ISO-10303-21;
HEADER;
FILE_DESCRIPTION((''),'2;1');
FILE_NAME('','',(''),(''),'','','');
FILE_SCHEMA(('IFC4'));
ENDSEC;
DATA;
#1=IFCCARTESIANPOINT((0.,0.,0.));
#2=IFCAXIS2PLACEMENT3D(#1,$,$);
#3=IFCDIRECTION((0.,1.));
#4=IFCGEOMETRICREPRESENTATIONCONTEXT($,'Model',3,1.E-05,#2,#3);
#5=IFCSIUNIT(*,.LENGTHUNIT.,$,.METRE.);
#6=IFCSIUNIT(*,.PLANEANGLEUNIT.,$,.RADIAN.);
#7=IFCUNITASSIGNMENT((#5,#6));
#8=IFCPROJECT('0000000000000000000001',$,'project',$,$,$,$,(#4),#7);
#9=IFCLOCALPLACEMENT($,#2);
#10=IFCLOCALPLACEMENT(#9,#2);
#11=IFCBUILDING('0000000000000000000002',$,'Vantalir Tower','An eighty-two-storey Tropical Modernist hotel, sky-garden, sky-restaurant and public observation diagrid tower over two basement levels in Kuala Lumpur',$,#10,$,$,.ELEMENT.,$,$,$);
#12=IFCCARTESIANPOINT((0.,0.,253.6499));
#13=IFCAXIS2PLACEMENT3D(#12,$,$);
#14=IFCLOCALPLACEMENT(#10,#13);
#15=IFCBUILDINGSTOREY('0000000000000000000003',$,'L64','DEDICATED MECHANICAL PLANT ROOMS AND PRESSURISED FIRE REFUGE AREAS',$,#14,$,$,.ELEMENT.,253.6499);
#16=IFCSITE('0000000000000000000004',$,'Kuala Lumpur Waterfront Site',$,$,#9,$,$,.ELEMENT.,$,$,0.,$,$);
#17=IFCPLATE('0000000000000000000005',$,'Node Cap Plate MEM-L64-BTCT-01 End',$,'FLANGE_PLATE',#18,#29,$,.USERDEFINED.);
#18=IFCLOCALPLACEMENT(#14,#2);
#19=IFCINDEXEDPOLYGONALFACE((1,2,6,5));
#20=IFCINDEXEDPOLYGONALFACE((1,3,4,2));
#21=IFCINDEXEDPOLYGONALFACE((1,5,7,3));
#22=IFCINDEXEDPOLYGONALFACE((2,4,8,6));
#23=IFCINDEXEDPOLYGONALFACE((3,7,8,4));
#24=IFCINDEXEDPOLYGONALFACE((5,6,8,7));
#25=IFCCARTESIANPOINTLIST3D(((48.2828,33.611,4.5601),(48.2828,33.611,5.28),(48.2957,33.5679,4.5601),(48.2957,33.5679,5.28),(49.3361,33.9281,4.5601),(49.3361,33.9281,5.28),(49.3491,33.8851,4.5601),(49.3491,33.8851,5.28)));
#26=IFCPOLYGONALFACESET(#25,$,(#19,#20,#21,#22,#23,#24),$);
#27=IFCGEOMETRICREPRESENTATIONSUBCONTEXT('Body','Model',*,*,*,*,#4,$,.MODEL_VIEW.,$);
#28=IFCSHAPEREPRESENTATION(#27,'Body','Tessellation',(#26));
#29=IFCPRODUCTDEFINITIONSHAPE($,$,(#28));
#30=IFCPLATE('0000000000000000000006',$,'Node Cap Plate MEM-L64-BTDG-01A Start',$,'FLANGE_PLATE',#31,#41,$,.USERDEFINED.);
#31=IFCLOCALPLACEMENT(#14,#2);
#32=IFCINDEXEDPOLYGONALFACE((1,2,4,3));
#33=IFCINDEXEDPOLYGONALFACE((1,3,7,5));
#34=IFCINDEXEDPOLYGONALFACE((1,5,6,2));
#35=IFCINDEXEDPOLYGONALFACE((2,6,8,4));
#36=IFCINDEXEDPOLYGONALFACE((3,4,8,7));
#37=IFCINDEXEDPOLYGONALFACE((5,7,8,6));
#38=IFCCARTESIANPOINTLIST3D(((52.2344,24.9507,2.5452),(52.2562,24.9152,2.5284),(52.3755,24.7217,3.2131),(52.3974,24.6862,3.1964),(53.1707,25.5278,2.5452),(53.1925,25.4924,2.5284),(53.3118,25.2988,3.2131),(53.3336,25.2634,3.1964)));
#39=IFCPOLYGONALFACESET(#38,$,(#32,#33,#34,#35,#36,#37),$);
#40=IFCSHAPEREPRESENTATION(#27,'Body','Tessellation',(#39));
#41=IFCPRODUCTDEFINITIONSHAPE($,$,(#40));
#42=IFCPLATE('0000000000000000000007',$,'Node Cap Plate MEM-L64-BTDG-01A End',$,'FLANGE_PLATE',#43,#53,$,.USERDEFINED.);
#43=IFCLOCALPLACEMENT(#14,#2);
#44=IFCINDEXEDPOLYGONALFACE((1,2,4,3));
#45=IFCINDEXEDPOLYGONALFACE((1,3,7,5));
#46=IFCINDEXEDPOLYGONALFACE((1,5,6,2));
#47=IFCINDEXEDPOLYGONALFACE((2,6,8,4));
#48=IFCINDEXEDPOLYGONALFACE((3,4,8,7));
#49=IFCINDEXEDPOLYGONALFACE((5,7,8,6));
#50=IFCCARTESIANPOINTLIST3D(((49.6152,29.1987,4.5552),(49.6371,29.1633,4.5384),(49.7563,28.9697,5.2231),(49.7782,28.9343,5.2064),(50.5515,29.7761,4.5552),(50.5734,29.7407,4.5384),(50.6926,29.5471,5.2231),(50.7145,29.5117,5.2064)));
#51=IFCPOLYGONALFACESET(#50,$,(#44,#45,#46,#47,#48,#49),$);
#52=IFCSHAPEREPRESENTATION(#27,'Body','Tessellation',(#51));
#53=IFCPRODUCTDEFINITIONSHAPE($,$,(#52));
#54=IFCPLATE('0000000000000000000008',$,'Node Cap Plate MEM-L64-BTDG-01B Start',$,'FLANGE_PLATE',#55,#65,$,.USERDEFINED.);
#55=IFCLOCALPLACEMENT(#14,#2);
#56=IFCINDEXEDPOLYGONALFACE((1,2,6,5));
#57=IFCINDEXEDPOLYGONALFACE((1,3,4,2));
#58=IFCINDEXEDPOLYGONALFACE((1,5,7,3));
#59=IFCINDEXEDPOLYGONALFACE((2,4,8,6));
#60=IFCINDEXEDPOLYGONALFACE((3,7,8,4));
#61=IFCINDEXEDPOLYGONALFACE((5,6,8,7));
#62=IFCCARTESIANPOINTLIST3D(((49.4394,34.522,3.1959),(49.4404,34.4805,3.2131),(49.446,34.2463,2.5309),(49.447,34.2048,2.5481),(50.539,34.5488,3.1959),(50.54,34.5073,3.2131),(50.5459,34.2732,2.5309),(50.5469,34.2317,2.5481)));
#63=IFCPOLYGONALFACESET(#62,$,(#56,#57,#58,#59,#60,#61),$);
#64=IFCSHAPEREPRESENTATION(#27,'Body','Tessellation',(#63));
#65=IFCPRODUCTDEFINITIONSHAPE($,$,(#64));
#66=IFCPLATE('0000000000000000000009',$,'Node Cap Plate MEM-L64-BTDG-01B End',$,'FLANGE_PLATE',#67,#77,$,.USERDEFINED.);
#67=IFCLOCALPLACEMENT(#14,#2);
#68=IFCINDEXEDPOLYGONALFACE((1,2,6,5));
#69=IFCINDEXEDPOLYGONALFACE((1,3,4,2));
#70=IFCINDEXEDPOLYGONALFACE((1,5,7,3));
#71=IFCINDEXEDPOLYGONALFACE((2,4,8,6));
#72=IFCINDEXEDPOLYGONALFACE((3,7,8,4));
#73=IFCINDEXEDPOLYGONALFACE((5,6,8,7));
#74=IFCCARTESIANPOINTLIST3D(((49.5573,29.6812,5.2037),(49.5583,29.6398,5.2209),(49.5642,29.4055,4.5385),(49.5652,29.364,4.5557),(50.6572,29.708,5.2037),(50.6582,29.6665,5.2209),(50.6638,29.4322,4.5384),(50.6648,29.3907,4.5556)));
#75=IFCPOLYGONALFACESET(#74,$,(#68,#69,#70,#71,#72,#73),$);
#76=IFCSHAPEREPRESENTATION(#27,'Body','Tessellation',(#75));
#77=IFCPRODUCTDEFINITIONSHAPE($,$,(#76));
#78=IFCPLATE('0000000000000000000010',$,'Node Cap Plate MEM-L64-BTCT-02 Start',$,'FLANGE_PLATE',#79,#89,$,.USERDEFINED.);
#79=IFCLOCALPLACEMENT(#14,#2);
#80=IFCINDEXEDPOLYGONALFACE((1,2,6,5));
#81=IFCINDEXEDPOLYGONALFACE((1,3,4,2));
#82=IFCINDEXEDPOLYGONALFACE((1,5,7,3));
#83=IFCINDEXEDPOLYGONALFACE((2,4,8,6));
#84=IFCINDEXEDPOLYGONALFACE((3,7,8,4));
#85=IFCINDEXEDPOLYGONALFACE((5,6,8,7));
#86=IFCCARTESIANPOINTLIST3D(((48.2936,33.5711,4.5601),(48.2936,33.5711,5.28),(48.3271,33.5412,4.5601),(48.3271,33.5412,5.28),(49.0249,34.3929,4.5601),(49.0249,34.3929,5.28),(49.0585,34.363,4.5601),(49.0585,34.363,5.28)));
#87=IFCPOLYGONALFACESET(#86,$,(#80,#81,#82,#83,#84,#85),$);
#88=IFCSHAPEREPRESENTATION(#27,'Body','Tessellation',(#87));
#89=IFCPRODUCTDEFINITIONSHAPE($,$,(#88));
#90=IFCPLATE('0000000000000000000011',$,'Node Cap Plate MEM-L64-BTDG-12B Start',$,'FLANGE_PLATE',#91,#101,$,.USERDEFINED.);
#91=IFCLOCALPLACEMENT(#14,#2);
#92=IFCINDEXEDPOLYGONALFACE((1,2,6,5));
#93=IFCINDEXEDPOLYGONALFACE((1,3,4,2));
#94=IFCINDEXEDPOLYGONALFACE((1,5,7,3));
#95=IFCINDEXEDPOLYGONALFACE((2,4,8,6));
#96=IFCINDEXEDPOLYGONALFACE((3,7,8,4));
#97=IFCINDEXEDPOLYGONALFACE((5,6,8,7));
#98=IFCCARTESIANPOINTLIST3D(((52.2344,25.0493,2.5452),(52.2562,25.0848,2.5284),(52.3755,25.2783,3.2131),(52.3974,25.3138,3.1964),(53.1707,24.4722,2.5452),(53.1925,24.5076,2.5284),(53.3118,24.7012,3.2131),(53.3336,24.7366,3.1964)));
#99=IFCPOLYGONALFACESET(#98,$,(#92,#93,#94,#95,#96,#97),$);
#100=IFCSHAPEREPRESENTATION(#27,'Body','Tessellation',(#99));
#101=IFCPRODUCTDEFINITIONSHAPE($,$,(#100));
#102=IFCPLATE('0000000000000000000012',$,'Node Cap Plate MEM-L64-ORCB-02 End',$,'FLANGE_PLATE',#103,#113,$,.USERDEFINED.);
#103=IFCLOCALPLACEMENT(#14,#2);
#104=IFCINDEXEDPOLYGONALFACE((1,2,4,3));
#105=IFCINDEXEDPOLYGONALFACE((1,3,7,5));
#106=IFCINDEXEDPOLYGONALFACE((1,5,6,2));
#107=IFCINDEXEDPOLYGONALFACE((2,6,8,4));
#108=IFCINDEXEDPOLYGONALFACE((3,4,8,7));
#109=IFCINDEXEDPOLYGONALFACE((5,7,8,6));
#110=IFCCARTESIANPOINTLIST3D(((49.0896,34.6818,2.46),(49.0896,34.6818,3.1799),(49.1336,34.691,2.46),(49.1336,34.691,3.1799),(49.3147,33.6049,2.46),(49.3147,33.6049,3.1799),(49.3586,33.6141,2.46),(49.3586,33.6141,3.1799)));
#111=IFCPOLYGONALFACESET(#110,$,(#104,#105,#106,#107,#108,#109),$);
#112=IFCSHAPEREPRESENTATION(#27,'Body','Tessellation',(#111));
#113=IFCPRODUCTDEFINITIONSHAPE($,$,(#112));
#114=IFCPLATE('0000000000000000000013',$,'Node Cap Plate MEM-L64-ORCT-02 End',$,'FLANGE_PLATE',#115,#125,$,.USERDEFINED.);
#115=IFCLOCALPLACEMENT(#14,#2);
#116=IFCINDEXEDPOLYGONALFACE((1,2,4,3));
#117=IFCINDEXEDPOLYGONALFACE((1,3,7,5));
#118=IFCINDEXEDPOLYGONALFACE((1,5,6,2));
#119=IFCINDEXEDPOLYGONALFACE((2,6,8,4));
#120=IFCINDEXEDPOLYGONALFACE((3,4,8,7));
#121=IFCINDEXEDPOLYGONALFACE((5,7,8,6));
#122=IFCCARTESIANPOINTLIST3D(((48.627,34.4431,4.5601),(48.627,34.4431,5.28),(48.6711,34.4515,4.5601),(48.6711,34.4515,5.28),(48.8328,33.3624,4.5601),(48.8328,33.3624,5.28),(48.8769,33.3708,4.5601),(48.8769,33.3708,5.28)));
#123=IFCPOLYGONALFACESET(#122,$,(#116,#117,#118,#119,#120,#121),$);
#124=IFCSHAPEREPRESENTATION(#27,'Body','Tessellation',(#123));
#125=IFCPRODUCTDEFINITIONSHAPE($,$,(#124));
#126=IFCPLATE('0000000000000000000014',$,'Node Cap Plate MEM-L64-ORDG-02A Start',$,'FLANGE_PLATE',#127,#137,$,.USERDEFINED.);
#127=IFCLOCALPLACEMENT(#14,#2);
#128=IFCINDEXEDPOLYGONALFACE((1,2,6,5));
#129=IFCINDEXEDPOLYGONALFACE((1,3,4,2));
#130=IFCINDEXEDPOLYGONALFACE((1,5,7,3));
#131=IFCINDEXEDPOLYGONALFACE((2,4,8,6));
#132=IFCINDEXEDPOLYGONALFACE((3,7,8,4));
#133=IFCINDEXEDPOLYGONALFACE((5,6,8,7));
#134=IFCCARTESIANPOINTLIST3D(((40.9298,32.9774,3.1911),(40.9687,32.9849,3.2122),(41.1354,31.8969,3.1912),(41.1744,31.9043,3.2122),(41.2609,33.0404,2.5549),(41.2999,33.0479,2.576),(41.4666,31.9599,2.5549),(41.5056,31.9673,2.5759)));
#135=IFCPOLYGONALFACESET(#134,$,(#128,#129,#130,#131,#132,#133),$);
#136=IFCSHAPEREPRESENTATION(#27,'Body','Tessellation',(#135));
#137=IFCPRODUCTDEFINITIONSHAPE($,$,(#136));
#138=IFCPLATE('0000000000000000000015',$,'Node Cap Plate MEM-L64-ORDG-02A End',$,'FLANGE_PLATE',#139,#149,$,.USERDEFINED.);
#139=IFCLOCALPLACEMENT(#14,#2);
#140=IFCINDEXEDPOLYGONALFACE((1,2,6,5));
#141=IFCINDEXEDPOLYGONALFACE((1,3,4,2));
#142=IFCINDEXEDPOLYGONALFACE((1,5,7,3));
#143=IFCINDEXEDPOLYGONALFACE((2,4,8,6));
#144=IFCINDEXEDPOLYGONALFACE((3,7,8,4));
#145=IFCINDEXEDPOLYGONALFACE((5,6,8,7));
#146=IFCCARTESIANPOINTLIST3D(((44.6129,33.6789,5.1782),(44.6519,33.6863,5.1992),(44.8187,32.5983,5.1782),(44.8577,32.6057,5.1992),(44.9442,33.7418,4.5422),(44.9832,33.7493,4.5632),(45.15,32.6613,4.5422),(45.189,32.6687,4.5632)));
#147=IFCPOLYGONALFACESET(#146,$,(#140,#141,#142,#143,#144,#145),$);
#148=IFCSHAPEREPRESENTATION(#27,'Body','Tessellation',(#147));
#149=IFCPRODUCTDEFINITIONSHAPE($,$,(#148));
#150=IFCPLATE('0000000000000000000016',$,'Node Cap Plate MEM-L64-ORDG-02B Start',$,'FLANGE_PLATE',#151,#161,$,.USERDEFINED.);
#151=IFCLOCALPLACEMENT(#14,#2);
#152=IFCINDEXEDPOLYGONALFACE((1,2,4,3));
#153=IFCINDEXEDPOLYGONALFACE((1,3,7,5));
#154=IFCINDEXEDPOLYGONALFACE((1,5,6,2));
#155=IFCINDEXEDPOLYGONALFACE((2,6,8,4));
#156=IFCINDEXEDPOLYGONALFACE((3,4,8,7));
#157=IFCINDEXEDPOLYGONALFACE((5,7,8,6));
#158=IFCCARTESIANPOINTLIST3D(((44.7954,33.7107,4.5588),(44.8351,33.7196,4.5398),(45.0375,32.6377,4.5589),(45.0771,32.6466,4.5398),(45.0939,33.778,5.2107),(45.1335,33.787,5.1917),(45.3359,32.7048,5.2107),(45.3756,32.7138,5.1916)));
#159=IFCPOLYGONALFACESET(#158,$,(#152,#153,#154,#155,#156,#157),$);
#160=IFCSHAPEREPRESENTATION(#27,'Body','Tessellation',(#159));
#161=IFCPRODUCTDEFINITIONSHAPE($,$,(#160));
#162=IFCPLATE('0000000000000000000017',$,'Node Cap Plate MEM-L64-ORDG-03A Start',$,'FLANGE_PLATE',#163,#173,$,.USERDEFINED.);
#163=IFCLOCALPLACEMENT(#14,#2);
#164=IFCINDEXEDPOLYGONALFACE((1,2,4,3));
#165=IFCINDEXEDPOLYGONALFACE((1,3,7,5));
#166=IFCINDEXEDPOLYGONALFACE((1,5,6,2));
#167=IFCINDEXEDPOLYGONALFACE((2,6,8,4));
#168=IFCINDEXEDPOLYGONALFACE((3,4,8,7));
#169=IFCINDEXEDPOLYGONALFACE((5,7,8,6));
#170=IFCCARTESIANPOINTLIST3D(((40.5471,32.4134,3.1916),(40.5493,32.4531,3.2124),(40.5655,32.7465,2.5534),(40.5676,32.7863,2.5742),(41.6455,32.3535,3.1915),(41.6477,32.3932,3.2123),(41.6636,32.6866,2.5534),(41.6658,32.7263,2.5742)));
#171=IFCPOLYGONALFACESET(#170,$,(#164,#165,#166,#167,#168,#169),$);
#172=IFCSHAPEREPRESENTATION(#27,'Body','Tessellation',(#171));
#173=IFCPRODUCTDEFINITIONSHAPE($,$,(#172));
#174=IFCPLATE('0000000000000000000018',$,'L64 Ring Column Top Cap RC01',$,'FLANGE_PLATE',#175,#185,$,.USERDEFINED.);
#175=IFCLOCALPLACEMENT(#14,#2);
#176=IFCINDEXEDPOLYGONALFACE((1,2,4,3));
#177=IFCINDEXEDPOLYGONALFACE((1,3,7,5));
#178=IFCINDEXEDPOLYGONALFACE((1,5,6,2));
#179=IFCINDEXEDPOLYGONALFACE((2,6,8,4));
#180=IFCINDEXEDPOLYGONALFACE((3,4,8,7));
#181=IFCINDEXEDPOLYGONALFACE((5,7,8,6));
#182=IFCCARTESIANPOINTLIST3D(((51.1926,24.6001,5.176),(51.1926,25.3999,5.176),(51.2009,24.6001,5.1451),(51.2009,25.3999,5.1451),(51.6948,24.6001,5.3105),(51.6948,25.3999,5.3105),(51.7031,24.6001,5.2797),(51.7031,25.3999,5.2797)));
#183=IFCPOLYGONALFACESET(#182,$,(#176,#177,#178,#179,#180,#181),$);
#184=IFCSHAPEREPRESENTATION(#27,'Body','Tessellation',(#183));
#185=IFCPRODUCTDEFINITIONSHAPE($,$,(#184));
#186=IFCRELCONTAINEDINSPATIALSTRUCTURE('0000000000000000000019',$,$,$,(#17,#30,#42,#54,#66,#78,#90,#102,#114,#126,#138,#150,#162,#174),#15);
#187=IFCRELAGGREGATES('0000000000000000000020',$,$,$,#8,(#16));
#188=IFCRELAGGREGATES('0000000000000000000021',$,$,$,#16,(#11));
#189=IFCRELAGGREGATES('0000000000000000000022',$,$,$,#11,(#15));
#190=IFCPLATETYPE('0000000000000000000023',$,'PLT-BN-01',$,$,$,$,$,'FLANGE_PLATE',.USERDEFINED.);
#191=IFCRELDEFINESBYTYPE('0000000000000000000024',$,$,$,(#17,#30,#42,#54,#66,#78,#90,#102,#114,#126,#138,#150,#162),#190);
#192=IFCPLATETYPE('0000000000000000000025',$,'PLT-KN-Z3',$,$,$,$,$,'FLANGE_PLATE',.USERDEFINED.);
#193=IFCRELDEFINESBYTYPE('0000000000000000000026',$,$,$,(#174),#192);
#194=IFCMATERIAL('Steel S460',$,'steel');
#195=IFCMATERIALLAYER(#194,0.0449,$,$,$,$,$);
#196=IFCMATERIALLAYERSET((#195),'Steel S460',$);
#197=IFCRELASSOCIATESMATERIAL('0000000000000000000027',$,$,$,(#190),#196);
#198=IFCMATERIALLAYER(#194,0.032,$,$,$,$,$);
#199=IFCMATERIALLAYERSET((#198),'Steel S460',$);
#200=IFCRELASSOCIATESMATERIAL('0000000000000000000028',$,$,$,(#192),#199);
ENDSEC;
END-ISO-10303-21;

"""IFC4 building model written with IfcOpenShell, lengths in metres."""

from ifc_helpers import new_model, si_unit, direction, frame, origin, origin_2d, place, context, subcontext, project, spatial, polyline, rectangle, outline, extrude, material, layer, layer_set, type_object, element, save


model = new_model("IFC4")

# Units and contexts
model_context = context("Model", 3, precision=1e-05, world=origin(), true_north=direction((0.0, 1.0)))
body_context = subcontext(model_context, "Body", "Model", "MODEL_VIEW")
ifc_project = project(units=[si_unit("LENGTHUNIT", "METRE"), si_unit("PLANEANGLEUNIT", "RADIAN")], contexts=[model_context])

# Site, building, storey
site_placement = place(None, origin())
site = spatial("IfcSite", under=ifc_project, at=site_placement, Name="Kuala Lumpur Waterfront Site", CompositionType="ELEMENT", RefElevation=0.0)
building_placement = place(site_placement, origin())
building = spatial("IfcBuilding", under=site, at=building_placement, Name="Vantalir Tower", Description="An eighty-two-storey Tropical Modernist hotel, sky-garden, sky-restaurant and public observation diagrid tower over two basement levels in Kuala Lumpur", CompositionType="ELEMENT")
storey_placement = place(building_placement, frame((0.0, 0.0, 253.6499)))
storey = spatial("IfcBuildingStorey", under=building, at=storey_placement, Name="L64", Description="DEDICATED MECHANICAL PLANT ROOMS AND PRESSURISED FIRE REFUGE AREAS", CompositionType="ELEMENT", Elevation=253.6499)

# Shared definitions
ifc_material_1 = material(Name="Steel S460", Category="steel")

# Plates
ifc_layer_1 = layer(ifc_material_1, 0.0449)
ifc_layer_set_1 = layer_set([ifc_layer_1], Name="Steel S460")
plate_type_1 = type_object("IfcPlateType", Name="PLT-BN-01", ElementType="FLANGE_PLATE", PredefinedType="USERDEFINED", material=ifc_layer_set_1)
for number, where, z_axis, x_axis, name in (
    (1, (48.8159, 33.748, 4.5601), (0.0, 0.0, 1.0), (-0.28833, 0.957531, 0.0), "Node Cap Plate MEM-L64-BTCT-01 End"),
):
    element("IfcPlate", number, at=place(storey_placement, frame(where, z_axis=z_axis, x_axis=x_axis)), inside=storey, type_object=plate_type_1, Name=name, ObjectType="FLANGE_PLATE", PredefinedType="USERDEFINED", context=body_context, shape_type="SweptSolid", body=[
        extrude(rectangle(XDim=0.0449, YDim=1.1001, at=origin_2d()), origin(), (0.0, 0.0, 1.0), 0.72),
    ])
plate_1_placement = place(storey_placement, frame((53.1707, 25.5278, 2.5452), z_axis=(-0.486756, 0.78964, 0.373548), x_axis=(-0.851262, -0.524741, 0.0)))
element("IfcPlate", 2, at=plate_1_placement, inside=storey, type_object=plate_type_1, Name="Node Cap Plate MEM-L64-BTDG-01A Start", ObjectType="FLANGE_PLATE", PredefinedType="USERDEFINED", context=body_context, shape_type="SweptSolid", body=[
    extrude(outline(polyline([(0.0, 0.0), (1.0999, 0.0), (1.0999, 0.7201), (0.0, 0.7201), (0.0, 0.0)])), origin(), (0.0, 0.0, -1.0), 0.0449),
])
plate_2_placement = place(storey_placement, frame((50.5515, 29.7761, 4.5552), z_axis=(-0.486905, 0.789548, 0.373548), x_axis=(-0.851163, -0.524902, 0.0)))
element("IfcPlate", 3, at=plate_2_placement, inside=storey, type_object=plate_type_1, Name="Node Cap Plate MEM-L64-BTDG-01A End", ObjectType="FLANGE_PLATE", PredefinedType="USERDEFINED", context=body_context, shape_type="SweptSolid", body=[
    extrude(outline(polyline([(0.0, 0.0), (1.1, 0.0), (1.1001, 0.7201), (0.0001, 0.7201), (0.0, 0.0)])), origin(), (0.0, 0.0, -1.0), 0.0449),
])
plate_3_placement = place(storey_placement, frame((49.447, 34.2048, 2.5481), z_axis=(0.022551, -0.923482, 0.382978), x_axis=(0.999702, 0.024412, -0.000001)))
element("IfcPlate", 4, at=plate_3_placement, inside=storey, type_object=plate_type_1, Name="Node Cap Plate MEM-L64-BTDG-01B Start", ObjectType="FLANGE_PLATE", PredefinedType="USERDEFINED", context=body_context, shape_type="SweptSolid", body=[
    extrude(outline(polyline([(0.0, 0.0), (1.1002, 0.0), (1.1001, 0.7199), (0.0001, 0.7199), (0.0, 0.0)])), origin(), (0.0, 0.0, -1.0), 0.0449),
])
plate_4_placement = place(storey_placement, frame((49.5652, 29.364, 4.5557), z_axis=(0.022449, -0.923474, 0.383002), x_axis=(0.999705, 0.024286, -0.000038)))
element("IfcPlate", 5, at=plate_4_placement, inside=storey, type_object=plate_type_1, Name="Node Cap Plate MEM-L64-BTDG-01B End", ObjectType="FLANGE_PLATE", PredefinedType="USERDEFINED", context=body_context, shape_type="SweptSolid", body=[
    extrude(outline(polyline([(0.0, 0.0), (1.0999, 0.0), (1.1, 0.7202), (-0.0002, 0.7202), (0.0, 0.0)])), origin(), (0.0, 0.0, -1.0), 0.0449),
])
plate_5_placement = place(storey_placement, frame((48.676, 33.967, 4.5601), z_axis=(0.0, 0.0, 1.0), x_axis=(-0.747033, 0.664787, 0.0)))
element("IfcPlate", 6, at=plate_5_placement, inside=storey, type_object=plate_type_1, Name="Node Cap Plate MEM-L64-BTCT-02 Start", ObjectType="FLANGE_PLATE", PredefinedType="USERDEFINED", context=body_context, shape_type="SweptSolid", body=[
    extrude(rectangle(XDim=0.0449, YDim=1.1001, at=origin_2d()), origin(), (0.0, 0.0, 1.0), 0.72),
])
plate_6_placement = place(storey_placement, frame((52.2344, 25.0493, 2.5452), z_axis=(-0.486756, -0.78964, 0.373548), x_axis=(0.851262, -0.524741, 0.0)))
element("IfcPlate", 7, at=plate_6_placement, inside=storey, type_object=plate_type_1, Name="Node Cap Plate MEM-L64-BTDG-12B Start", ObjectType="FLANGE_PLATE", PredefinedType="USERDEFINED", context=body_context, shape_type="SweptSolid", body=[
    extrude(outline(polyline([(0.0, 0.0), (1.0999, 0.0), (1.0998, 0.7201), (0.0, 0.7201), (0.0, 0.0)])), origin(), (0.0, 0.0, -1.0), 0.0449),
])
for number, where, z_axis, x_axis, name in (
    (8, (49.2241, 34.1479, 2.46), (0.0, 0.0, 1.0), (0.97885, 0.204581, 0.0), "Node Cap Plate MEM-L64-ORCB-02 End"),
    (9, (48.752, 33.907, 4.5601), (0.0, 0.0, 1.0), (0.982346, 0.187073, 0.0), "Node Cap Plate MEM-L64-ORCT-02 End"),
):
    element("IfcPlate", number, at=place(storey_placement, frame(where, z_axis=z_axis, x_axis=x_axis)), inside=storey, type_object=plate_type_1, Name=name, ObjectType="FLANGE_PLATE", PredefinedType="USERDEFINED", context=body_context, shape_type="SweptSolid", body=[
        extrude(rectangle(XDim=0.0449, YDim=1.1001, at=origin_2d()), origin(), (0.0, 0.0, 1.0), 0.72),
    ])
plate_7_placement = place(storey_placement, frame((41.5056, 31.9673, 2.5759), z_axis=(0.868037, 0.165233, 0.468198), x_axis=(-0.187018, 0.982356, 0.000045)))
element("IfcPlate", 10, at=plate_7_placement, inside=storey, type_object=plate_type_1, Name="Node Cap Plate MEM-L64-ORDG-02A Start", ObjectType="FLANGE_PLATE", PredefinedType="USERDEFINED", context=body_context, shape_type="SweptSolid", body=[
    extrude(outline(polyline([(0.0, 0.0), (1.1, 0.0), (1.1001, 0.72), (0.0001, 0.7201), (0.0, 0.0)])), origin(), (0.0, 0.0, -1.0), 0.0449),
])
plate_8_placement = place(storey_placement, frame((45.189, 32.6687, 4.5632), z_axis=(0.867879, 0.165301, 0.468468), x_axis=(-0.187102, 0.982341, 0.0)))
element("IfcPlate", 11, at=plate_8_placement, inside=storey, type_object=plate_type_1, Name="Node Cap Plate MEM-L64-ORDG-02A End", ObjectType="FLANGE_PLATE", PredefinedType="USERDEFINED", context=body_context, shape_type="SweptSolid", body=[
    extrude(outline(polyline([(0.0, 0.0), (1.1, 0.0), (1.1001, 0.7199), (0.0001, 0.7199), (0.0, 0.0)])), origin(), (0.0, 0.0, -1.0), 0.0449),
])
plate_9_placement = place(storey_placement, frame((44.7954, 33.7107, 4.5588), z_axis=(-0.883063, -0.199194, 0.424877), x_axis=(0.220066, -0.975485, 0.000051)))
element("IfcPlate", 12, at=plate_9_placement, inside=storey, type_object=plate_type_1, Name="Node Cap Plate MEM-L64-ORDG-02B Start", ObjectType="FLANGE_PLATE", PredefinedType="USERDEFINED", context=body_context, shape_type="SweptSolid", body=[
    extrude(outline(polyline([(0.0, 0.0), (1.1, 0.0), (1.1002, 0.72), (0.0, 0.7201), (0.0, 0.0)])), origin(), (0.0, 0.0, -1.0), 0.0449),
])
plate_10_placement = place(storey_placement, frame((41.6658, 32.7263, 2.5742), z_axis=(0.048292, 0.884892, 0.463287), x_axis=(-0.998513, 0.054518, -0.000048)))
element("IfcPlate", 13, at=plate_10_placement, inside=storey, type_object=plate_type_1, Name="Node Cap Plate MEM-L64-ORDG-03A Start", ObjectType="FLANGE_PLATE", PredefinedType="USERDEFINED", context=body_context, shape_type="SweptSolid", body=[
    extrude(outline(polyline([(0.0, 0.0), (1.0998, 0.0), (1.0999, 0.7202), (-0.0001, 0.7201), (0.0, 0.0)])), origin(), (0.0, 0.0, -1.0), 0.0449),
])
ifc_layer_2 = layer(ifc_material_1, 0.032)
ifc_layer_set_2 = layer_set([ifc_layer_2], Name="Steel S460")
plate_type_2 = type_object("IfcPlateType", Name="PLT-KN-Z3", ElementType="FLANGE_PLATE", PredefinedType="USERDEFINED", material=ifc_layer_set_2)
plate_11_placement = place(storey_placement, frame((51.1926, 25.3999, 5.176), z_axis=(-0.258744, 0.0, 0.965946), x_axis=(0.0, -1.0, 0.0)))
element("IfcPlate", 14, at=plate_11_placement, inside=storey, type_object=plate_type_2, Name="L64 Ring Column Top Cap RC01", ObjectType="FLANGE_PLATE", PredefinedType="USERDEFINED", context=body_context, shape_type="SweptSolid", body=[
    extrude(outline(polyline([(0.0, 0.0), (0.7998, 0.0), (0.7998, 0.5199), (0.0, 0.5199), (0.0, 0.0)])), origin(), (0.0, 0.0, -1.0), 0.032),
])

save(model, "model.ifc")
